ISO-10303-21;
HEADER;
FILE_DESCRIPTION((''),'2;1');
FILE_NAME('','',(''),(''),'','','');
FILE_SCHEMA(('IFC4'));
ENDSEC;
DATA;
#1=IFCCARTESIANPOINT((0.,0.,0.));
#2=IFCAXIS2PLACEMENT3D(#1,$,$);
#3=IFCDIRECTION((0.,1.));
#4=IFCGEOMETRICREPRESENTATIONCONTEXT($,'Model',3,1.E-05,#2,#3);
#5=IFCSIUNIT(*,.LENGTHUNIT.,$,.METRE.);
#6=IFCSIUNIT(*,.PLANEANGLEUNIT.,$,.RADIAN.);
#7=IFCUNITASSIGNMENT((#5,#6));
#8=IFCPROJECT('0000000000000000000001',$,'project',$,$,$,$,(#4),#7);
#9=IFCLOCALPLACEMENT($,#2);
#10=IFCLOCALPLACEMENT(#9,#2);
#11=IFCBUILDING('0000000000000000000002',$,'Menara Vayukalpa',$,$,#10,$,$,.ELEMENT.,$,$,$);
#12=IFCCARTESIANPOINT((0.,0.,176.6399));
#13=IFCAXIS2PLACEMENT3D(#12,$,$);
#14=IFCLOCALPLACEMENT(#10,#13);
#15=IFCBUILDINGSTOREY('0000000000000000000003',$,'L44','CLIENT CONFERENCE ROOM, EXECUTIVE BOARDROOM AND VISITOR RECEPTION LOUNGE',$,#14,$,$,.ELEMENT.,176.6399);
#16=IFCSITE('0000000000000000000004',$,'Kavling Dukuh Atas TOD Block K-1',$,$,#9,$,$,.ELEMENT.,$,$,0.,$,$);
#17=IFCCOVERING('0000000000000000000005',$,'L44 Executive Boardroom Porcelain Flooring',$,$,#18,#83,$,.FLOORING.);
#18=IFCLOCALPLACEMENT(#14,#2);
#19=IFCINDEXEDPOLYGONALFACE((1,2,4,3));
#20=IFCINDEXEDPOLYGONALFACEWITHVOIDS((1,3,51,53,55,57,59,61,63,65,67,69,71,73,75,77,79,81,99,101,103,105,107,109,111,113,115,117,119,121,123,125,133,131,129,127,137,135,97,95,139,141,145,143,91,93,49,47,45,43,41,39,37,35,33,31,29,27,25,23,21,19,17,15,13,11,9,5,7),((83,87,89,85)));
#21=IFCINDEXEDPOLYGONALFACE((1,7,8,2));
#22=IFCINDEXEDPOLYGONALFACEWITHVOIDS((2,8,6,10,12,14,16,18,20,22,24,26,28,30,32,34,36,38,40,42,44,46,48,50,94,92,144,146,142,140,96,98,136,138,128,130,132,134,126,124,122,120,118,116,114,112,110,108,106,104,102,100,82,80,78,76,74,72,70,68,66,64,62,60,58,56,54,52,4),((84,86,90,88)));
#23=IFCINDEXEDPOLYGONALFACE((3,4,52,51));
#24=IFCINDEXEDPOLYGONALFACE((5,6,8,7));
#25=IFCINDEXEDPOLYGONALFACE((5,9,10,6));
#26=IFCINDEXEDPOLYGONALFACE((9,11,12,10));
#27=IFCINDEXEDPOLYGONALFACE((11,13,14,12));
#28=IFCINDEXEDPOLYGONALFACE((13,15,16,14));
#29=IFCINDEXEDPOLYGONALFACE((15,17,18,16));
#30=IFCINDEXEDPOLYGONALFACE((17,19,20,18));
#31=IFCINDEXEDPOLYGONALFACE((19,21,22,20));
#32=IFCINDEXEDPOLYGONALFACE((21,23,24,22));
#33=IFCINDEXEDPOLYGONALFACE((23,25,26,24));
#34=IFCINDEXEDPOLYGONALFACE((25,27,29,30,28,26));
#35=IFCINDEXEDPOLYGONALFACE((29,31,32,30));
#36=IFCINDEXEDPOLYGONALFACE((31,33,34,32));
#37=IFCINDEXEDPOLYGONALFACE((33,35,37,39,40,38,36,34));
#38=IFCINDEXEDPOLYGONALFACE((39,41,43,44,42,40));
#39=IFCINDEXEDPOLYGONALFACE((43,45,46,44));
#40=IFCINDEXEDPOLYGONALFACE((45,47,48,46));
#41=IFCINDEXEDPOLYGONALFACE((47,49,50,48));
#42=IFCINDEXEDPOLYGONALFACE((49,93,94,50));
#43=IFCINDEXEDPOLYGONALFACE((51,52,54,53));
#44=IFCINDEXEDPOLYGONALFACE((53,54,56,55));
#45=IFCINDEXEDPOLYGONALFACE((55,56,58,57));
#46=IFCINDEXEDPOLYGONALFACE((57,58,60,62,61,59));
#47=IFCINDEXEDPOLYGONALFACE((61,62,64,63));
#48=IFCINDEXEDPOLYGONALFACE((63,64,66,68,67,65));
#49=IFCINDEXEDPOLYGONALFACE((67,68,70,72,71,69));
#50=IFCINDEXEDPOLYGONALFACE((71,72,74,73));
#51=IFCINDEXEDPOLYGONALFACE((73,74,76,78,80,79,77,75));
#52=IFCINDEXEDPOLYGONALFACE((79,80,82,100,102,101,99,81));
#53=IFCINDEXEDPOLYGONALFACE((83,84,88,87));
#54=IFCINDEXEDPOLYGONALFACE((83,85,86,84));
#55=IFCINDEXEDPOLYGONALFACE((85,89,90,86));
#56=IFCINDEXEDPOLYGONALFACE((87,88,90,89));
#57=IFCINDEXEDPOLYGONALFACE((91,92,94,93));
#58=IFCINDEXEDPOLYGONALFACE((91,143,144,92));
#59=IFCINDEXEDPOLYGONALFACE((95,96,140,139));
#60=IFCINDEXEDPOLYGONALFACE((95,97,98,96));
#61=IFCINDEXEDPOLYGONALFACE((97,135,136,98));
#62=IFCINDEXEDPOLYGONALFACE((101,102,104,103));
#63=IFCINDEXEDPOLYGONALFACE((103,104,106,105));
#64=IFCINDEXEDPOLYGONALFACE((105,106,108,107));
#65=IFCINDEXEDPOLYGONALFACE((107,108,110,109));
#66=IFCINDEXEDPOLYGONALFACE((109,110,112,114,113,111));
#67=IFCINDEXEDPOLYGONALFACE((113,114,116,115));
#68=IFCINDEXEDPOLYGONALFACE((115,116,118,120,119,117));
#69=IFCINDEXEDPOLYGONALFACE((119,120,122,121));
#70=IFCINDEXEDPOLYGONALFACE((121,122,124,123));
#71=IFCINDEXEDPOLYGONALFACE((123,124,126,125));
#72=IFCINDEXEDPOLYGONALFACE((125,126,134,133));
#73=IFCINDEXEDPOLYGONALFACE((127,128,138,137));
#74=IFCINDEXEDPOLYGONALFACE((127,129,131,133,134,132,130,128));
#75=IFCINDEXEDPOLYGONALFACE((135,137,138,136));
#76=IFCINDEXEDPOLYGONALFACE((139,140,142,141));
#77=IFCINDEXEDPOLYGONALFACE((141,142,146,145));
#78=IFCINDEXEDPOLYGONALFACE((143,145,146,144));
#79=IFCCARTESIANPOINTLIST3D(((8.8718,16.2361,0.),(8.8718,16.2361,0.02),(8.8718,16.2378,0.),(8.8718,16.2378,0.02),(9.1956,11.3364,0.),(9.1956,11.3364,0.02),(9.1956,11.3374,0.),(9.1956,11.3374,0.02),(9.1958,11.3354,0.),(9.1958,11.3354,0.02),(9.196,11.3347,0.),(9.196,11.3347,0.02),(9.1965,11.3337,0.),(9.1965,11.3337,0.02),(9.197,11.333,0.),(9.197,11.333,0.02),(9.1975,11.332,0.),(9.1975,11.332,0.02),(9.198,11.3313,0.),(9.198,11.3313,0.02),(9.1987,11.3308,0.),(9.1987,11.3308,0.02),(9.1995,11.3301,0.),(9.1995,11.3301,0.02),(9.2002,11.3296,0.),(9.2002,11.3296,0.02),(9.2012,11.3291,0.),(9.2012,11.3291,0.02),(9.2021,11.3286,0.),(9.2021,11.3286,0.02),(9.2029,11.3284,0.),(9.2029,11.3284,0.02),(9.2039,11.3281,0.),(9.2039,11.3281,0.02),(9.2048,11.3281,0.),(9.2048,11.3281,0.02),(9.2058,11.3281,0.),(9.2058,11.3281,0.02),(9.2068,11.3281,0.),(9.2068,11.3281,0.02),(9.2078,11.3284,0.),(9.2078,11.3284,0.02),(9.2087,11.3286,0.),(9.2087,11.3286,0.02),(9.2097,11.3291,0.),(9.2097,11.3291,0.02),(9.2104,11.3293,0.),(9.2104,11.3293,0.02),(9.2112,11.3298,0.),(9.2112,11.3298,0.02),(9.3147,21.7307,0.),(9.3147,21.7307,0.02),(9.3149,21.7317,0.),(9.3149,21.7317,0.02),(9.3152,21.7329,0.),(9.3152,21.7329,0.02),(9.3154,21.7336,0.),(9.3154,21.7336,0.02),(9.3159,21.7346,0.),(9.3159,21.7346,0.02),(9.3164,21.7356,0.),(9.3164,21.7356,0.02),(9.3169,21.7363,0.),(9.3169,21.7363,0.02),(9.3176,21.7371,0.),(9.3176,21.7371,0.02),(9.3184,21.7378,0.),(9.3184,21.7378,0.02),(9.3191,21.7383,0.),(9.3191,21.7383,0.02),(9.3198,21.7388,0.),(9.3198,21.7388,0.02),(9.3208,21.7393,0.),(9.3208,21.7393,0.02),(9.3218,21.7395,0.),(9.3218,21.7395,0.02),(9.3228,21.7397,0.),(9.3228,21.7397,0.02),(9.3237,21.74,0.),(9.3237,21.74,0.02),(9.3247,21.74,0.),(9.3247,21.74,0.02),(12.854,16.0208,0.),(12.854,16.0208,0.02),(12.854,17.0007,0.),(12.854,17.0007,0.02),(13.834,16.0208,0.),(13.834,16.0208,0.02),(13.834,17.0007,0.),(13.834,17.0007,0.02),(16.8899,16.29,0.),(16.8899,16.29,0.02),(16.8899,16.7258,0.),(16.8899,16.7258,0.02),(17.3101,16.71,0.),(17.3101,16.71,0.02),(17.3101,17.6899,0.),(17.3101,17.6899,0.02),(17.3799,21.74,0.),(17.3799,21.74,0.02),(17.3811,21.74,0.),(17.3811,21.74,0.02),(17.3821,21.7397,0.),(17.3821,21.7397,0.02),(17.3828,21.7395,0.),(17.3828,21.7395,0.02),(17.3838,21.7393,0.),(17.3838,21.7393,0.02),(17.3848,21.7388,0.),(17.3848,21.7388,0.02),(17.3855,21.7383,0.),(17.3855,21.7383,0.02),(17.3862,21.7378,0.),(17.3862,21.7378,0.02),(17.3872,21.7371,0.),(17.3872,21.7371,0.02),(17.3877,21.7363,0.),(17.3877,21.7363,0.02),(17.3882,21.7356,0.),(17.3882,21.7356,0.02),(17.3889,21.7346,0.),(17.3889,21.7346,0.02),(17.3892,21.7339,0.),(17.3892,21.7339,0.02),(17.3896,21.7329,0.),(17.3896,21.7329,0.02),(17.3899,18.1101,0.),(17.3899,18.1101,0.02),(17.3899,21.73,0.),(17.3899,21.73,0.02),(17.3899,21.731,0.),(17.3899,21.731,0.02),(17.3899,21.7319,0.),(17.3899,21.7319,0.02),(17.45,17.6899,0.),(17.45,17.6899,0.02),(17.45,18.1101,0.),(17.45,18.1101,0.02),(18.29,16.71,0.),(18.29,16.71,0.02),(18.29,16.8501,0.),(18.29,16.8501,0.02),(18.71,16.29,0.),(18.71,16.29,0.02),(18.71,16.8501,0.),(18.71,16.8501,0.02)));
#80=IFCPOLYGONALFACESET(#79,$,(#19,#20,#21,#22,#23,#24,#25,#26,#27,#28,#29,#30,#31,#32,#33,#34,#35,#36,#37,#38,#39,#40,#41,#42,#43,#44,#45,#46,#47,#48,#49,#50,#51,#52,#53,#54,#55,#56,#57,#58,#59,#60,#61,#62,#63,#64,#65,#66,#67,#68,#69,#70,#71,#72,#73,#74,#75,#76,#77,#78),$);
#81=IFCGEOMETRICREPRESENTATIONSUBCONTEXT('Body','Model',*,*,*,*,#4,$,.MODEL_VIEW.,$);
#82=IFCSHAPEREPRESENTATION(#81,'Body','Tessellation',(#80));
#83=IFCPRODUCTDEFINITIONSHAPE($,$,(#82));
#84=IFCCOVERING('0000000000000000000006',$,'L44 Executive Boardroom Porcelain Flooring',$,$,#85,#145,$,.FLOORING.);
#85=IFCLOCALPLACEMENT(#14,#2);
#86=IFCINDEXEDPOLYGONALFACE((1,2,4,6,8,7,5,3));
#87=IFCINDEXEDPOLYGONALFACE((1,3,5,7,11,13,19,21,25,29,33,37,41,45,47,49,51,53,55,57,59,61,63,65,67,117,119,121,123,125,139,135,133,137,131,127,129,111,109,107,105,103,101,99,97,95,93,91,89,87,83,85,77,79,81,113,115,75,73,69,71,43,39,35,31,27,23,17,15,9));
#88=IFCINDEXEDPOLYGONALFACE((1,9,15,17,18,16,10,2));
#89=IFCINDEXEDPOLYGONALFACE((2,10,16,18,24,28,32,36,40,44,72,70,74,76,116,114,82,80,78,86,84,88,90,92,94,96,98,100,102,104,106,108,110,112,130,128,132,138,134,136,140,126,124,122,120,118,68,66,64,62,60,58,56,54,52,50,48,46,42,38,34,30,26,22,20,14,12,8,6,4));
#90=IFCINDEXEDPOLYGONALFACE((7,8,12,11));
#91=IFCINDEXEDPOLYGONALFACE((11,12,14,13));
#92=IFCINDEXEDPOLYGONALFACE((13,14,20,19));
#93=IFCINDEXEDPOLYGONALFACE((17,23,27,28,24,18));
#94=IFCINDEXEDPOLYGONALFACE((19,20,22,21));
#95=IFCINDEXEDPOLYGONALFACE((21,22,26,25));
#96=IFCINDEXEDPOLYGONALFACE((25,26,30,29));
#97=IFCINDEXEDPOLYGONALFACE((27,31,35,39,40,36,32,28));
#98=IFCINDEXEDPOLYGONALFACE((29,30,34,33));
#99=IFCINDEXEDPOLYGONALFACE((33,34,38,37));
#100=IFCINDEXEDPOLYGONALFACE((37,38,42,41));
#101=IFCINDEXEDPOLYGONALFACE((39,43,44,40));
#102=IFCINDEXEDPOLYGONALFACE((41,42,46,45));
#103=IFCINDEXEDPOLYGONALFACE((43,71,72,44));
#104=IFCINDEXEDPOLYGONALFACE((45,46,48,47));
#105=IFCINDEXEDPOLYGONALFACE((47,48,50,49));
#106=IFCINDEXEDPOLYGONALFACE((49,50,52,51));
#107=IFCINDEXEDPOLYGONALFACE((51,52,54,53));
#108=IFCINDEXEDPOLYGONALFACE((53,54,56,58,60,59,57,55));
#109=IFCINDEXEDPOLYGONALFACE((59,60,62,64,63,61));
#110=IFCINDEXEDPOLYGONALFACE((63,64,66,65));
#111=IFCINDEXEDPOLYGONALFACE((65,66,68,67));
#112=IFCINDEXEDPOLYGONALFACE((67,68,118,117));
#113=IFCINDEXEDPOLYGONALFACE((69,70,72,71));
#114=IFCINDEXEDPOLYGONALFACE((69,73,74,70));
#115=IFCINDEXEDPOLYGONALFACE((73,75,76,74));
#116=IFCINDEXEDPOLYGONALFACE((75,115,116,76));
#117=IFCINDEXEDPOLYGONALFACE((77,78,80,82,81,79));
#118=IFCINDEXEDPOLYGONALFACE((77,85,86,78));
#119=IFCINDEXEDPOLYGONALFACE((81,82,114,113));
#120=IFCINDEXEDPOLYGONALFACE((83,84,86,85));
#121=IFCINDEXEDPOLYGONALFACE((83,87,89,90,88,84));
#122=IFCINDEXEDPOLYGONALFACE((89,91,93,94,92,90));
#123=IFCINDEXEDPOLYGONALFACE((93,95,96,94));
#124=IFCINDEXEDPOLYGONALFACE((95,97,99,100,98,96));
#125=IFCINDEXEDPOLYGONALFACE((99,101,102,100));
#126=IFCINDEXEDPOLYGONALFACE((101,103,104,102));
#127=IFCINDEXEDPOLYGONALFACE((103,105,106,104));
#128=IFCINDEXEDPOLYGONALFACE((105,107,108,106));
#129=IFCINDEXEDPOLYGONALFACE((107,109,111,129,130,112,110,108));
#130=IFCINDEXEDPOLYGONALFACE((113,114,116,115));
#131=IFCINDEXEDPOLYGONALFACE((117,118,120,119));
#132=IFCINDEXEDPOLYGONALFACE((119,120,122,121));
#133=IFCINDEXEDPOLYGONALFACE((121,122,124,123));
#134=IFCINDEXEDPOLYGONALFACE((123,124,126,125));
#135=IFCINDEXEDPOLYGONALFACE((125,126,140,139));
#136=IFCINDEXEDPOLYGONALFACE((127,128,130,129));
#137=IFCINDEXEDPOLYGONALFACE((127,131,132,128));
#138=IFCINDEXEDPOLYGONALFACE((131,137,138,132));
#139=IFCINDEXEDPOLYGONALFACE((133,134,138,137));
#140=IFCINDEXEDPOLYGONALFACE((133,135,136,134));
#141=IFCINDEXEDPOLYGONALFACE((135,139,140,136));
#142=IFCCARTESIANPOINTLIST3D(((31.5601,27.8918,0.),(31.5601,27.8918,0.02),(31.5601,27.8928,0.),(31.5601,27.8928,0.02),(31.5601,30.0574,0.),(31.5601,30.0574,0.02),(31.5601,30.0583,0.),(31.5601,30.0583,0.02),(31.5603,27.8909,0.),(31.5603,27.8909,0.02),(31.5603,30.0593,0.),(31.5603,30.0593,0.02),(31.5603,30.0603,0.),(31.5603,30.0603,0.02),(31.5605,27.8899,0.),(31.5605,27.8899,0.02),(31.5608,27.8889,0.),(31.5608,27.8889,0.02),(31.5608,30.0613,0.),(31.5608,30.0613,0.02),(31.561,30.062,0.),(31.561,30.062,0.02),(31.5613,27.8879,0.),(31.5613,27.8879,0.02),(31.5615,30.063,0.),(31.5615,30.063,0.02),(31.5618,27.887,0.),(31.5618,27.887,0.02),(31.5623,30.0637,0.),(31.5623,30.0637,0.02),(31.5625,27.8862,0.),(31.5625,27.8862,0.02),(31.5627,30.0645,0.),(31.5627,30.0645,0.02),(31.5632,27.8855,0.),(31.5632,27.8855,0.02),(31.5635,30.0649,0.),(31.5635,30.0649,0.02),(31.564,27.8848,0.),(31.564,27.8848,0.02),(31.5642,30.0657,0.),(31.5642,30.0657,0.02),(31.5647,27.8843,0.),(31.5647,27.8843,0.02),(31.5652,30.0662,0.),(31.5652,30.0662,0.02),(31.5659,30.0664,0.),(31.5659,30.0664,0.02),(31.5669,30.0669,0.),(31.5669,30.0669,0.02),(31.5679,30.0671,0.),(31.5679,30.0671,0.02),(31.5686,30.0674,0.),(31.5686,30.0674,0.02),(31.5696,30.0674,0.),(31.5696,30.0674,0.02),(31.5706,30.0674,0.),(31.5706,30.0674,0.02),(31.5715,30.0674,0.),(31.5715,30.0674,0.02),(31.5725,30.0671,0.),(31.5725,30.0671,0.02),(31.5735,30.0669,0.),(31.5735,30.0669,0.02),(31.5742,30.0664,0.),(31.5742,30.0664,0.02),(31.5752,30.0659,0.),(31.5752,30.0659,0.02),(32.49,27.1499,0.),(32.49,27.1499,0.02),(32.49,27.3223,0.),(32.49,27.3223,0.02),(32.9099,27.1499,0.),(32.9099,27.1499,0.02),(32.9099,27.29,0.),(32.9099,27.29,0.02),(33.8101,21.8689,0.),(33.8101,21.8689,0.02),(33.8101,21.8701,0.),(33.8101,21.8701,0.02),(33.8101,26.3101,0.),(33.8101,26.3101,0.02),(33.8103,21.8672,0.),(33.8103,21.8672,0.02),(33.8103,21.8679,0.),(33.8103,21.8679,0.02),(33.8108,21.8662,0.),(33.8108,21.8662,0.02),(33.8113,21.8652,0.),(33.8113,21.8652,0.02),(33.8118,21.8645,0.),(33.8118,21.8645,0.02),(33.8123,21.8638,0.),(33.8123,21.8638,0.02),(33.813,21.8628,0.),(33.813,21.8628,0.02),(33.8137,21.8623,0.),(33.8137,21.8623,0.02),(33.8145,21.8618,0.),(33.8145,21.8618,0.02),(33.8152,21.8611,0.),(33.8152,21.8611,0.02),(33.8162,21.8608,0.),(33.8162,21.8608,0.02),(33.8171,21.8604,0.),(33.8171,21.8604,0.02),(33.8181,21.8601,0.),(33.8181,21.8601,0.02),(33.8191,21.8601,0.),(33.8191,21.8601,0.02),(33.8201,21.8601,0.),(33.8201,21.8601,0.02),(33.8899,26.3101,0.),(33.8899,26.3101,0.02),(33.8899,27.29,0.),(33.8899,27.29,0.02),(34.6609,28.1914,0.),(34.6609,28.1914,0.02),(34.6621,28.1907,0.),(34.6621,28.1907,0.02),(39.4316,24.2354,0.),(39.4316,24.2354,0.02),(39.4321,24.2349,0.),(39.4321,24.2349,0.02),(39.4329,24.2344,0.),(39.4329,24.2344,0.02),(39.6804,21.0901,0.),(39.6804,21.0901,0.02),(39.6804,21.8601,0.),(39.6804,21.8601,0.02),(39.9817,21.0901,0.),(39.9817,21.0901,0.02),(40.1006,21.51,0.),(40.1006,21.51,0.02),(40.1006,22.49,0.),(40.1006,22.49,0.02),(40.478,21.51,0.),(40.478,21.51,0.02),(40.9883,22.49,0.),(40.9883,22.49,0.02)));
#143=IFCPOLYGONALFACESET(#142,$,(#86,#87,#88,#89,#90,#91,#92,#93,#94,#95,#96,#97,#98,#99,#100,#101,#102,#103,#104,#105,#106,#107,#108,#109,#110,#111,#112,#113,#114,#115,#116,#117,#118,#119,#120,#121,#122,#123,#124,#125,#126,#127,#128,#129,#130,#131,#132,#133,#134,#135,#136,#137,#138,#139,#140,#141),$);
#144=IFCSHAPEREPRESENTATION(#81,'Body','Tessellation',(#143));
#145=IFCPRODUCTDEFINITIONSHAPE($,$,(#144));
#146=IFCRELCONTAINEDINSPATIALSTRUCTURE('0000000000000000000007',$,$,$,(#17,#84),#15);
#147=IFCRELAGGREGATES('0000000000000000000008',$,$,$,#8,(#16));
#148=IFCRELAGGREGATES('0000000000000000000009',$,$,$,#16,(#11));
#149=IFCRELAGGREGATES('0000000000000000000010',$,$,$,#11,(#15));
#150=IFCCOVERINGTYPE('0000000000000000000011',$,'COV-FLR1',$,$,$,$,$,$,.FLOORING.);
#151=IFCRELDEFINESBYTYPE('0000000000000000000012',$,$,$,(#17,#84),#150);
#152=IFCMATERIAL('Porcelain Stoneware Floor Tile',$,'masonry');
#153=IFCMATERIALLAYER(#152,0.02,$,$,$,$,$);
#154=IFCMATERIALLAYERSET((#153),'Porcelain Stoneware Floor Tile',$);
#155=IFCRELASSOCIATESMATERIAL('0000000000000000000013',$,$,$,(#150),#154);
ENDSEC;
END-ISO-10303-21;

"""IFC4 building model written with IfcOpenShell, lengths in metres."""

from ifc_helpers import new_model, si_unit, direction, frame, origin, place, context, subcontext, project, spatial, polyline, outline, extrude, material, layer, layer_set, type_object, element, save


model = new_model("IFC4")

# Units and contexts
model_context = context("Model", 3, precision=1e-05, world=origin(), true_north=direction((0.0, 1.0)))
body_context = subcontext(model_context, "Body", "Model", "MODEL_VIEW")
ifc_project = project(units=[si_unit("LENGTHUNIT", "METRE"), si_unit("PLANEANGLEUNIT", "RADIAN")], contexts=[model_context])

# Site, building, storey
site_placement = place(None, origin())
site = spatial("IfcSite", under=ifc_project, at=site_placement, Name="Kavling Dukuh Atas TOD Block K-1", CompositionType="ELEMENT", RefElevation=0.0)
building_placement = place(site_placement, origin())
building = spatial("IfcBuilding", under=site, at=building_placement, Name="Menara Vayukalpa", CompositionType="ELEMENT")
storey_placement = place(building_placement, frame((0.0, 0.0, 176.6399)))
storey = spatial("IfcBuildingStorey", under=building, at=storey_placement, Name="L44", Description="CLIENT CONFERENCE ROOM, EXECUTIVE BOARDROOM AND VISITOR RECEPTION LOUNGE", CompositionType="ELEMENT", Elevation=176.6399)

# Coverings
ifc_material_1 = material(Name="Porcelain Stoneware Floor Tile", Category="masonry")
ifc_layer_1 = layer(ifc_material_1, 0.02)
ifc_layer_set_1 = layer_set([ifc_layer_1], Name="Porcelain Stoneware Floor Tile")
covering_type_1 = type_object("IfcCoveringType", Name="COV-FLR1", PredefinedType="FLOORING", material=ifc_layer_set_1)
covering_1_placement = place(storey_placement, origin())
element("IfcCovering", 1, at=covering_1_placement, inside=storey, type_object=covering_type_1, Name="L44 Executive Boardroom Porcelain Flooring", PredefinedType="FLOORING", context=body_context, shape_type="SweptSolid", body=[
    extrude(outline(polyline([(9.3149, 21.7317), (9.3152, 21.7329), (9.3154, 21.7336), (9.3159, 21.7346), (9.3164, 21.7356), (9.3169, 21.7363), (9.3176, 21.7371), (9.3184, 21.7378), (9.3191, 21.7383), (9.3198, 21.7388), (9.3208, 21.7393), (9.3218, 21.7395), (9.3228, 21.7397), (9.3237, 21.74), (9.3247, 21.74), (17.3799, 21.74), (17.3811, 21.74), (17.3821, 21.7397), (17.3828, 21.7395), (17.3838, 21.7393), (17.3848, 21.7388), (17.3855, 21.7383), (17.3862, 21.7378), (17.3872, 21.7371), (17.3877, 21.7363), (17.3882, 21.7356), (17.3889, 21.7346), (17.3892, 21.7339), (17.3896, 21.7329), (17.3899, 21.7319), (17.3899, 21.731), (17.3899, 21.73), (17.3899, 18.1101), (17.45, 18.1101), (17.45, 17.6899), (17.3101, 17.6899), (17.3101, 16.71), (18.29, 16.71), (18.29, 16.8501), (18.71, 16.8501), (18.71, 16.29), (16.8899, 16.29), (16.8899, 16.7258), (9.2112, 11.3298), (9.2104, 11.3293), (9.2097, 11.3291), (9.2087, 11.3286), (9.2078, 11.3284), (9.2068, 11.3281), (9.2058, 11.3281), (9.2048, 11.3281), (9.2039, 11.3281), (9.2029, 11.3284), (9.2021, 11.3286), (9.2012, 11.3291), (9.2002, 11.3296), (9.1995, 11.3301), (9.1987, 11.3308), (9.198, 11.3313), (9.1975, 11.332), (9.197, 11.333), (9.1965, 11.3337), (9.196, 11.3347), (9.1958, 11.3354), (9.1956, 11.3364), (9.1956, 11.3374), (8.8718, 16.2361), (8.8718, 16.2378), (9.3147, 21.7307), (9.3149, 21.7317)]), holes=[polyline([(13.834, 17.0007), (12.854, 17.0007), (12.854, 16.0208), (13.834, 16.0208), (13.834, 17.0007)])]), origin(), (0.0, 0.0, 1.0), 0.02),
])
covering_2_placement = place(storey_placement, origin())
element("IfcCovering", 2, at=covering_2_placement, inside=storey, type_object=covering_type_1, Name="L44 Executive Boardroom Porcelain Flooring", PredefinedType="FLOORING", context=body_context, shape_type="SweptSolid", body=[
    extrude(outline(polyline([(33.8201, 21.8601), (33.8191, 21.8601), (33.8181, 21.8601), (33.8171, 21.8604), (33.8162, 21.8608), (33.8152, 21.8611), (33.8145, 21.8618), (33.8137, 21.8623), (33.813, 21.8628), (33.8123, 21.8638), (33.8118, 21.8645), (33.8113, 21.8652), (33.8108, 21.8662), (33.8103, 21.8672), (33.8103, 21.8679), (33.8101, 21.8689), (33.8101, 21.8701), (33.8101, 26.3101), (33.8899, 26.3101), (33.8899, 27.29), (32.9099, 27.29), (32.9099, 27.1499), (32.49, 27.1499), (32.49, 27.3223), (31.5647, 27.8843), (31.564, 27.8848), (31.5632, 27.8855), (31.5625, 27.8862), (31.5618, 27.887), (31.5613, 27.8879), (31.5608, 27.8889), (31.5605, 27.8899), (31.5603, 27.8909), (31.5601, 27.8918), (31.5601, 27.8928), (31.5601, 30.0574), (31.5601, 30.0583), (31.5603, 30.0593), (31.5603, 30.0603), (31.5608, 30.0613), (31.561, 30.062), (31.5615, 30.063), (31.5623, 30.0637), (31.5627, 30.0645), (31.5635, 30.0649), (31.5642, 30.0657), (31.5652, 30.0662), (31.5659, 30.0664), (31.5669, 30.0669), (31.5679, 30.0671), (31.5686, 30.0674), (31.5696, 30.0674), (31.5706, 30.0674), (31.5715, 30.0674), (31.5725, 30.0671), (31.5735, 30.0669), (31.5742, 30.0664), (31.5752, 30.0659), (34.6609, 28.1914), (34.6621, 28.1907), (39.4316, 24.2354), (39.4321, 24.2349), (39.4329, 24.2344), (40.9883, 22.49), (40.1006, 22.49), (40.1006, 21.51), (40.478, 21.51), (39.9817, 21.0901), (39.6804, 21.0901), (39.6804, 21.8601), (33.8201, 21.8601)])), origin(), (0.0, 0.0, 1.0), 0.02),
])

save(model, "model.ifc")
